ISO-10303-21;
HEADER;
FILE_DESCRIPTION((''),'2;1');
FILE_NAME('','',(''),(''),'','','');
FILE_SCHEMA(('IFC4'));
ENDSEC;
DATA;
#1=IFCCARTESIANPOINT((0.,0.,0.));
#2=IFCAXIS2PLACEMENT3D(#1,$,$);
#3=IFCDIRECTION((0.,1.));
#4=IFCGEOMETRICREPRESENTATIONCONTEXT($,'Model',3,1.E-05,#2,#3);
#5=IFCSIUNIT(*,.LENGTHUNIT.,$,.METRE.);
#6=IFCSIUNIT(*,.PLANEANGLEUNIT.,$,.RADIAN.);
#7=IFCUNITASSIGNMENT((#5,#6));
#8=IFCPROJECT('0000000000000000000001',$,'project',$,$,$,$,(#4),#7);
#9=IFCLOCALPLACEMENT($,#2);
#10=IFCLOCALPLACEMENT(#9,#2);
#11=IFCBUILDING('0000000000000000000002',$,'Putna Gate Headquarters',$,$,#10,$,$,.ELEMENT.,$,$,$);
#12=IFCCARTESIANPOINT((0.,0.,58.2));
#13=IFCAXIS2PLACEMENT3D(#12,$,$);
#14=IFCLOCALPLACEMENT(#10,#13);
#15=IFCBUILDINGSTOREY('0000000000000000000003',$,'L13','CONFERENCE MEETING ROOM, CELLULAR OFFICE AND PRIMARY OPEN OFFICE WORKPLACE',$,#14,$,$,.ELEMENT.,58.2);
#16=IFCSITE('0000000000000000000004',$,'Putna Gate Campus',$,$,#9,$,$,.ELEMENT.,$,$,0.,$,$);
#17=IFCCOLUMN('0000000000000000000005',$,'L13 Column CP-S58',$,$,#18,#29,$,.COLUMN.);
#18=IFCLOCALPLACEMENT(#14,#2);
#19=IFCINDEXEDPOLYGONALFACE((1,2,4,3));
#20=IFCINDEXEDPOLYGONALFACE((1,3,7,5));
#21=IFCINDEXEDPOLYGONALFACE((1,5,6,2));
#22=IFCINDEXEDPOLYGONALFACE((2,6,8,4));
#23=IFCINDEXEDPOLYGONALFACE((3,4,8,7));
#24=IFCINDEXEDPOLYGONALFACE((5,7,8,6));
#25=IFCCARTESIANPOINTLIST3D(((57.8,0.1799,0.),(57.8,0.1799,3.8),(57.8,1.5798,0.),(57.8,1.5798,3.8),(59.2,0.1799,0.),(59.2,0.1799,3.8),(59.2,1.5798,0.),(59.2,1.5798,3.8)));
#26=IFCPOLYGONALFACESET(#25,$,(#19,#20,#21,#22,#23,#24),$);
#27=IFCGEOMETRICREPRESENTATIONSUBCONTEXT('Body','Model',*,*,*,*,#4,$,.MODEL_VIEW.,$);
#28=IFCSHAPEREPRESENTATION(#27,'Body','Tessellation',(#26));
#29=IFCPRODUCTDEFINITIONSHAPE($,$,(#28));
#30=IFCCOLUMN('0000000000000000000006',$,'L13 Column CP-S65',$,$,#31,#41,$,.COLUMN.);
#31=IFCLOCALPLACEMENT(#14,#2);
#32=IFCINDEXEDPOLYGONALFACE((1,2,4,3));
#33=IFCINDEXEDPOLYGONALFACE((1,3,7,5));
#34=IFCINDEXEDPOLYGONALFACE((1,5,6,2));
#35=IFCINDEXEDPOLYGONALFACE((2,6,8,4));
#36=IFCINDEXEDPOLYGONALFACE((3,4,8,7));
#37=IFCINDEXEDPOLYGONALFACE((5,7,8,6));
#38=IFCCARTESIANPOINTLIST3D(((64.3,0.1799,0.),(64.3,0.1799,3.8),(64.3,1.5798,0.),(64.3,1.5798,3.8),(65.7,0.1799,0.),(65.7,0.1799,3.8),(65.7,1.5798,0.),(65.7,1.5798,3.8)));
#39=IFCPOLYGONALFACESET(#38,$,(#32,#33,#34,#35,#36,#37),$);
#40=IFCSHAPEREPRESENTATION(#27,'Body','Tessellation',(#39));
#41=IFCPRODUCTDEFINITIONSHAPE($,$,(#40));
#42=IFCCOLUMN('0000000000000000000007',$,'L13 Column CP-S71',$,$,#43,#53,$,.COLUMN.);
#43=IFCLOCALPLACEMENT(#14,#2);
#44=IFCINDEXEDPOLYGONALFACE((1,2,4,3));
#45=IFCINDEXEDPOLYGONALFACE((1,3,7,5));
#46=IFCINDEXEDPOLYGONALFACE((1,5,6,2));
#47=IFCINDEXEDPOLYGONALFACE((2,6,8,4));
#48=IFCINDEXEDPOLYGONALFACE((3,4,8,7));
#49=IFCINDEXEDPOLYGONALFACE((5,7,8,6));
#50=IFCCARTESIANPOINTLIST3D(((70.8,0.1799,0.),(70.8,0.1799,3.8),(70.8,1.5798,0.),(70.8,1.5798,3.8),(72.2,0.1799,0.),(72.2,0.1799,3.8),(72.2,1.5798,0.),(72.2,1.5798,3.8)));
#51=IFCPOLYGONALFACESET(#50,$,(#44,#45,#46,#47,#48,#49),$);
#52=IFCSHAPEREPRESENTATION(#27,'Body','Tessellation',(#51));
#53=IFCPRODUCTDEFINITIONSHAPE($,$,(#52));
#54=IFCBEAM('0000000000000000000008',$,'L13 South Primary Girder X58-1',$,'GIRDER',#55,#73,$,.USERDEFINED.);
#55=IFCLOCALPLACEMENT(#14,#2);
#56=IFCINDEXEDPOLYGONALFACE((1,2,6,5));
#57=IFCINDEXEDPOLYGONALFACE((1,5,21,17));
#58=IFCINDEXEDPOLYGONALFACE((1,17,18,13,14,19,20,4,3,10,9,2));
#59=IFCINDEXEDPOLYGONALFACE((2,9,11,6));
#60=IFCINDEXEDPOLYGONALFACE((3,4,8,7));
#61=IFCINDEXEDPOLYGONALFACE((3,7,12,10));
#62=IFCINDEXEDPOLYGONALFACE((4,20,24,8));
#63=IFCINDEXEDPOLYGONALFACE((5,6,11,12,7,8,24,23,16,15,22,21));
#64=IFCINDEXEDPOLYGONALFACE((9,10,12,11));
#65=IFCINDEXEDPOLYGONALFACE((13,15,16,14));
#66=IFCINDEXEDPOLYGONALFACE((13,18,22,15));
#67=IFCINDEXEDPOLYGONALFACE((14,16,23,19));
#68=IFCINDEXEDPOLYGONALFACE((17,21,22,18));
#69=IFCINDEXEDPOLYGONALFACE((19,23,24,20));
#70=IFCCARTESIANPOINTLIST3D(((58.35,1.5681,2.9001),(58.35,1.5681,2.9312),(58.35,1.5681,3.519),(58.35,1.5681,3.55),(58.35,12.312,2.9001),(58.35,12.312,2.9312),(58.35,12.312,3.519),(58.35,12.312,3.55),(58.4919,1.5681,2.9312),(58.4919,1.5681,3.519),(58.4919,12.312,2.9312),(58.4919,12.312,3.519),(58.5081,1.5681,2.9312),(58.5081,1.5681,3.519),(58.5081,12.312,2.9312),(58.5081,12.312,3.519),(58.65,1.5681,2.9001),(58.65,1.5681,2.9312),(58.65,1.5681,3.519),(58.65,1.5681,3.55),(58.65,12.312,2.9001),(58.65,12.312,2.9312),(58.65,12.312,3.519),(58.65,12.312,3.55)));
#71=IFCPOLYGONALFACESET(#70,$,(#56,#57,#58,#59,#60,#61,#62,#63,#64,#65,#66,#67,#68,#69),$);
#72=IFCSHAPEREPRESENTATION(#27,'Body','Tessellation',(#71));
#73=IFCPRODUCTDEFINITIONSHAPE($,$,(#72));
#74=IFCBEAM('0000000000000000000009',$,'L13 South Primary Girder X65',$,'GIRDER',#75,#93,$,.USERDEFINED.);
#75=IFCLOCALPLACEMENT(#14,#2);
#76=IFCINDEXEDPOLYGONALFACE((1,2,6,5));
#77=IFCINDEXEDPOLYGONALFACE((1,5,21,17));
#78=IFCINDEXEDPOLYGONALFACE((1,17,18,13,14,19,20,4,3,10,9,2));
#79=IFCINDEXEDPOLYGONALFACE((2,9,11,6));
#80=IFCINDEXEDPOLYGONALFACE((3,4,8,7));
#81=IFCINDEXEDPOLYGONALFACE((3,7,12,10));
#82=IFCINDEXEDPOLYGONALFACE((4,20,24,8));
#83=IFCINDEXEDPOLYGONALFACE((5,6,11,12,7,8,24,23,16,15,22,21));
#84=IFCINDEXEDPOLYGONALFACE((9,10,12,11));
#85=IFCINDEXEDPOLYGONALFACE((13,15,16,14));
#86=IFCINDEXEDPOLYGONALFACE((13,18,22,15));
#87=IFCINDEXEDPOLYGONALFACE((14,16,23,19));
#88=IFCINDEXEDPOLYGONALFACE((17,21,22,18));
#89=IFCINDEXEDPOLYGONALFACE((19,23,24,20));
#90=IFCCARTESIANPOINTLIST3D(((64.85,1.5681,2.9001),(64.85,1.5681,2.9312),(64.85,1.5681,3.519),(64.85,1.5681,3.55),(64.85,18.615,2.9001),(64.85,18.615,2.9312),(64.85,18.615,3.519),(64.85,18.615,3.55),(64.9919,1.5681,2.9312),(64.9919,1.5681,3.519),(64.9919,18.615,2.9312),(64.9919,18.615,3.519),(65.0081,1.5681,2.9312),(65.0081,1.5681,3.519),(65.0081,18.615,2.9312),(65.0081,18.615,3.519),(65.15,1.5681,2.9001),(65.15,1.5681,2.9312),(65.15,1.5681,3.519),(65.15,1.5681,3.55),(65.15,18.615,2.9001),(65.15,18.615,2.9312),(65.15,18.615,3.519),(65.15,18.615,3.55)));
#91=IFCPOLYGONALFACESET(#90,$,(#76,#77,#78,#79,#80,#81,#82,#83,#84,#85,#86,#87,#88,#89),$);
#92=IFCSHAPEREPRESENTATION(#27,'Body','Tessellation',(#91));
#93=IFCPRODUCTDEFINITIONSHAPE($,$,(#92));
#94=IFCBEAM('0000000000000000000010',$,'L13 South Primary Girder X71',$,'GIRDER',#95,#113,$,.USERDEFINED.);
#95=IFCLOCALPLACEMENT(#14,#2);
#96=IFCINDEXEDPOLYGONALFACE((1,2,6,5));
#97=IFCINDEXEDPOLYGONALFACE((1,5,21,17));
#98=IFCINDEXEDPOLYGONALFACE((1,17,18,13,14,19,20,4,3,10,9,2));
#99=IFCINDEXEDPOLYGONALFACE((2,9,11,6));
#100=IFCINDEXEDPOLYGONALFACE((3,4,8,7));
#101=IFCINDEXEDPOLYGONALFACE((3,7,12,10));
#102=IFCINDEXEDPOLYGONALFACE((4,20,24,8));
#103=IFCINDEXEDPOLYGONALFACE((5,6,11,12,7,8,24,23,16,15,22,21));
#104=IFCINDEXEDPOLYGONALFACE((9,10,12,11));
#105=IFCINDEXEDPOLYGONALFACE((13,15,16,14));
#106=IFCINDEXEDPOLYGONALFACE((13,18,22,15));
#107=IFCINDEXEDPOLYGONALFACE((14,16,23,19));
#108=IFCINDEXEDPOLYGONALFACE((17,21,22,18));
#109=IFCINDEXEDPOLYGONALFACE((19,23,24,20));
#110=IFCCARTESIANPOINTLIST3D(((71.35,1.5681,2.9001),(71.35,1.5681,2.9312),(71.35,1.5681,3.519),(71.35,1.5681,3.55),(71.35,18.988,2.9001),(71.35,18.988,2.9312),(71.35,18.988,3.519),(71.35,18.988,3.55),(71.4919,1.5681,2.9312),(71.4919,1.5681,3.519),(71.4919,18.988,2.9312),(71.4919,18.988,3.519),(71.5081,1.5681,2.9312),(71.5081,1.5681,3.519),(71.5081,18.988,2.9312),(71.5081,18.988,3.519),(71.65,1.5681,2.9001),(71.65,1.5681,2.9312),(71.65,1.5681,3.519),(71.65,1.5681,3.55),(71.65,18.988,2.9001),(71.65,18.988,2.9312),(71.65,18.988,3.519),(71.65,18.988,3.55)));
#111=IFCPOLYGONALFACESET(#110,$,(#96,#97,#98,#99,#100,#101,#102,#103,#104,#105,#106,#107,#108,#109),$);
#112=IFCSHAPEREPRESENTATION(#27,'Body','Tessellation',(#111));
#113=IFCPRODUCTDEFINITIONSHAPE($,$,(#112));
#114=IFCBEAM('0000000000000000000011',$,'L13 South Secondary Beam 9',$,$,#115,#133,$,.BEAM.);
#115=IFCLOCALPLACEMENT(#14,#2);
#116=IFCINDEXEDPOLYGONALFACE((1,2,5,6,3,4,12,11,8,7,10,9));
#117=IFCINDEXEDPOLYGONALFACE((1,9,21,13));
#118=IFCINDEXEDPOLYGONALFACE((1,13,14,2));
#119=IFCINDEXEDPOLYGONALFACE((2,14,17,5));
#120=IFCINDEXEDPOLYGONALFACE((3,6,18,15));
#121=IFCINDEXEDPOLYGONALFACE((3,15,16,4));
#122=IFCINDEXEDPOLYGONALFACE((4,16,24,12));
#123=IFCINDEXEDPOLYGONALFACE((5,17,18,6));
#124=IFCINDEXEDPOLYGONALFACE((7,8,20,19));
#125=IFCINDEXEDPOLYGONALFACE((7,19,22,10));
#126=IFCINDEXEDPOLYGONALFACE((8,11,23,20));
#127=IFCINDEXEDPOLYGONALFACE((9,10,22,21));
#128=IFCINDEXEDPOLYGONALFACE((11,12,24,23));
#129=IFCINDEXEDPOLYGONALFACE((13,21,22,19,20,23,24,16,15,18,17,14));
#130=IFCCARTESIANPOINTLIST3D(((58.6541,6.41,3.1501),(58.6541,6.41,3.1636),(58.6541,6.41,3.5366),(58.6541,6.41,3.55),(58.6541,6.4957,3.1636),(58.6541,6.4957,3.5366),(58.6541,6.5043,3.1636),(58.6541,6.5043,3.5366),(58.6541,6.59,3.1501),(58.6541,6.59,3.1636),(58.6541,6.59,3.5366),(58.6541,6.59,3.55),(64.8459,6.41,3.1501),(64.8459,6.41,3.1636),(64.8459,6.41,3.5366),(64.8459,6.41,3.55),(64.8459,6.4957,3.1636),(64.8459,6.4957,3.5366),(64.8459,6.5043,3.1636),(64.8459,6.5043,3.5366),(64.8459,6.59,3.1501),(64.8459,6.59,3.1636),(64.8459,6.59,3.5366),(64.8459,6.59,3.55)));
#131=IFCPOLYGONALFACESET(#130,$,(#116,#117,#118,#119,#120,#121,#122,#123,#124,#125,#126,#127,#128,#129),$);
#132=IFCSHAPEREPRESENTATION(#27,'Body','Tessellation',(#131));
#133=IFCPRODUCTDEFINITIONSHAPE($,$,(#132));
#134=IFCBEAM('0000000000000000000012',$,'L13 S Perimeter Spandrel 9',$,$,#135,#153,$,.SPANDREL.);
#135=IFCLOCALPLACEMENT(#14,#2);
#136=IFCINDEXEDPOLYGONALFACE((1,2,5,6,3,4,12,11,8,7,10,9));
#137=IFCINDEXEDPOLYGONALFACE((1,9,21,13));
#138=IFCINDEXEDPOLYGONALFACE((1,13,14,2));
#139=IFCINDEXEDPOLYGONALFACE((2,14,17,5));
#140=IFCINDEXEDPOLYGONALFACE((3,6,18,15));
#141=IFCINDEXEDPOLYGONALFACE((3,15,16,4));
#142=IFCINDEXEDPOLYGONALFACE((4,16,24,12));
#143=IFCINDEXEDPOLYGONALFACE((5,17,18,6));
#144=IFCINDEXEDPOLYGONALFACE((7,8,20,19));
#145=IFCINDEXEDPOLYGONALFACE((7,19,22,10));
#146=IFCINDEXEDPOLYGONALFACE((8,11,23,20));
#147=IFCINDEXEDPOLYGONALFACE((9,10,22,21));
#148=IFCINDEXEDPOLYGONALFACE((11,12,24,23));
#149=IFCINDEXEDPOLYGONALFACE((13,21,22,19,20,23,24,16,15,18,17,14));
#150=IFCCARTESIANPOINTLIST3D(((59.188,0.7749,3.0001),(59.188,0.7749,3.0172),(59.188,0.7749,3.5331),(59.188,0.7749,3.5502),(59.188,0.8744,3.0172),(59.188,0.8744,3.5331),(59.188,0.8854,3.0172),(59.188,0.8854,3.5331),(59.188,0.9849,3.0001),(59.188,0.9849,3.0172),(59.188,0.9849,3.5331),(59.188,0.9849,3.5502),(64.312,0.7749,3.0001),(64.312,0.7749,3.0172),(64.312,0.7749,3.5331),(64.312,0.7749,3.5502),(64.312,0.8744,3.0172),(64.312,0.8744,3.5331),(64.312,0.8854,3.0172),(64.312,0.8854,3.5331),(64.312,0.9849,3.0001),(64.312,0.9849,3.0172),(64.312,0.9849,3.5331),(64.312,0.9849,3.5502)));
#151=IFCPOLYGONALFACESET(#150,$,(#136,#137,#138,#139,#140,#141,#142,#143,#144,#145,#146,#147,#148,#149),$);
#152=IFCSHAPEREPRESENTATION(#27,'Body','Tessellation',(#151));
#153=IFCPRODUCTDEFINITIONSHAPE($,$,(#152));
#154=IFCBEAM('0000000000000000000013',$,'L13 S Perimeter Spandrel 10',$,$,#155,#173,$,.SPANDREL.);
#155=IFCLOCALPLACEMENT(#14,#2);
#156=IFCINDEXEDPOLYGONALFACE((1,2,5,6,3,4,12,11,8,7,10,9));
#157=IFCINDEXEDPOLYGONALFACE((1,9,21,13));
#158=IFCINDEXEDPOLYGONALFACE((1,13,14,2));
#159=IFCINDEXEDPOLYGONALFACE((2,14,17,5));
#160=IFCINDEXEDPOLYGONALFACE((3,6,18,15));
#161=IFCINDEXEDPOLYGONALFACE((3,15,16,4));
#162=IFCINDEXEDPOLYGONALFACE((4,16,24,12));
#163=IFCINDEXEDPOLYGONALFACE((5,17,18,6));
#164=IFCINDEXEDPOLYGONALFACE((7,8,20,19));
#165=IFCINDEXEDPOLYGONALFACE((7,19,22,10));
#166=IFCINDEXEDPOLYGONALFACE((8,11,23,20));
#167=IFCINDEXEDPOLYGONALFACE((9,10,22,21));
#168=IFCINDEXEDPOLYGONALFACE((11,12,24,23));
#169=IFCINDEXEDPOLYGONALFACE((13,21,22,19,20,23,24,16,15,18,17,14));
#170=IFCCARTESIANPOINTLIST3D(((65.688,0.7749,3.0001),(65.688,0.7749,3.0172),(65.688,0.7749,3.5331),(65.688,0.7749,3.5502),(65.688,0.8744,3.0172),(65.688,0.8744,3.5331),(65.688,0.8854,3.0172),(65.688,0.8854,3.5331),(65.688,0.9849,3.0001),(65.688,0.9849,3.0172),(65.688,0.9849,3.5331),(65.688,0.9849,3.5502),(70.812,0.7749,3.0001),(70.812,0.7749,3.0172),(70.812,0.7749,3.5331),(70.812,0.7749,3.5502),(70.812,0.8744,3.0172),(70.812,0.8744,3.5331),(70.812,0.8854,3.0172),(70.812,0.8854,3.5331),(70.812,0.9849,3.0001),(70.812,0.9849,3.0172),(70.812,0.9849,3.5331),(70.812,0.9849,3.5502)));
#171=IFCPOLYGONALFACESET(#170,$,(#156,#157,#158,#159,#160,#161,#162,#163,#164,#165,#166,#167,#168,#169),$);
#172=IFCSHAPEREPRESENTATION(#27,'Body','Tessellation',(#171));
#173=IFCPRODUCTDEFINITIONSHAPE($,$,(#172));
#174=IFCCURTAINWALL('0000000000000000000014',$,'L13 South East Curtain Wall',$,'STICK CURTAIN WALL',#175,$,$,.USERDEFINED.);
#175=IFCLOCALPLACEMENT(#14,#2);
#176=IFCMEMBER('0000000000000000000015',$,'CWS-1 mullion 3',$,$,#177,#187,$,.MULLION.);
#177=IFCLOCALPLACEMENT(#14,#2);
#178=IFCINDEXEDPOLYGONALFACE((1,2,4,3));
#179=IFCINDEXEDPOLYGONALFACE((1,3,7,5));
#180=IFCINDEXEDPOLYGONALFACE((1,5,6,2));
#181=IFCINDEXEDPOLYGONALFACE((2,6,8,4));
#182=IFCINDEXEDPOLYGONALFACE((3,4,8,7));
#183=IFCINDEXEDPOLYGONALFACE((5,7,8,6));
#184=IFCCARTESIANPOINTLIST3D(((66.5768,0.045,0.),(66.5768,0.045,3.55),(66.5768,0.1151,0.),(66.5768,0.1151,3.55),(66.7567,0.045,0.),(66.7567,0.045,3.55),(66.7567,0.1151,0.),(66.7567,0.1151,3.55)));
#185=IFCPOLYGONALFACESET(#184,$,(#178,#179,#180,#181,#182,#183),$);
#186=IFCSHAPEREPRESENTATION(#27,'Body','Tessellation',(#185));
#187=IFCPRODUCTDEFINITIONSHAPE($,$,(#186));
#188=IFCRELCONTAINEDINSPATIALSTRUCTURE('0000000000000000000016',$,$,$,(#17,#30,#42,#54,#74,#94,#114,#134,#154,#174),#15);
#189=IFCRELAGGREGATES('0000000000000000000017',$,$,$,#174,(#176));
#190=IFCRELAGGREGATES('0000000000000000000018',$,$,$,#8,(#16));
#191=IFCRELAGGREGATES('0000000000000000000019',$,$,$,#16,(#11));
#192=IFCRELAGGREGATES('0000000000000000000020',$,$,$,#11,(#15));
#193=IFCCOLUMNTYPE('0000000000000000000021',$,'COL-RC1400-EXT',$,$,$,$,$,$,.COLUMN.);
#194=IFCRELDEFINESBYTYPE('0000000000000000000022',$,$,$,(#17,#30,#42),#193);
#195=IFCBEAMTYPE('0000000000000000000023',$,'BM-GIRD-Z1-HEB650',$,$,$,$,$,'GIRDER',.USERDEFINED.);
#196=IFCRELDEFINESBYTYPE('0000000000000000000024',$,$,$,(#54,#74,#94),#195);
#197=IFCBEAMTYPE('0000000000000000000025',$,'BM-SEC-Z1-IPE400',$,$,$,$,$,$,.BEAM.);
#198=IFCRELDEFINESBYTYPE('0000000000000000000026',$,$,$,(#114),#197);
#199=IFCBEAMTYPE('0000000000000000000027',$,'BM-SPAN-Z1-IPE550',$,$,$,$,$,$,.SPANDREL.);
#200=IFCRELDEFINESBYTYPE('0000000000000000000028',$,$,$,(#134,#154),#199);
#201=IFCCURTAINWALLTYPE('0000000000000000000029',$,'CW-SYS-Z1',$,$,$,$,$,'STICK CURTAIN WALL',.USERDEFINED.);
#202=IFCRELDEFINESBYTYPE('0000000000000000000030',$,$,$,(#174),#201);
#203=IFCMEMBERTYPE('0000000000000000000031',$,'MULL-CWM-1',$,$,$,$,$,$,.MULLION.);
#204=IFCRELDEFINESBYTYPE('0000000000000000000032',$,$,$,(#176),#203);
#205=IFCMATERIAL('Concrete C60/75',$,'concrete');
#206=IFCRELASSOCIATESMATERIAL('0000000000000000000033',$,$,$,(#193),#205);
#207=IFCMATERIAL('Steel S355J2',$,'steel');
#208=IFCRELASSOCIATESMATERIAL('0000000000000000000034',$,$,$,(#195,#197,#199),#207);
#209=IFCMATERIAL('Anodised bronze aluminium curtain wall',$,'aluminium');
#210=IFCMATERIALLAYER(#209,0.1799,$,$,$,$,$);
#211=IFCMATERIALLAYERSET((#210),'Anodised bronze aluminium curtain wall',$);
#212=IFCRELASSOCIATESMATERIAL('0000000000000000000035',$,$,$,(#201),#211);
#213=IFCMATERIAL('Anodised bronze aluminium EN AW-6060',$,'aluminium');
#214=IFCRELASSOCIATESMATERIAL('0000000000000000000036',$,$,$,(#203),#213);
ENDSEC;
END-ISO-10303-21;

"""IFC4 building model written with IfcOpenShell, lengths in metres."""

from ifc_helpers import new_model, si_unit, direction, frame, origin, origin_2d, place, context, subcontext, project, spatial, rectangle, i_section, extrude, material, layer, layer_set, material_profile, profile_set, type_object, element, aggregate, save


model = new_model("IFC4")

# Units and contexts
model_context = context("Model", 3, precision=1e-05, world=origin(), true_north=direction((0.0, 1.0)))
body_context = subcontext(model_context, "Body", "Model", "MODEL_VIEW")
ifc_project = project(units=[si_unit("LENGTHUNIT", "METRE"), si_unit("PLANEANGLEUNIT", "RADIAN")], contexts=[model_context])

# Site, building, storey
site_placement = place(None, origin())
site = spatial("IfcSite", under=ifc_project, at=site_placement, Name="Putna Gate Campus", CompositionType="ELEMENT", RefElevation=0.0)
building_placement = place(site_placement, origin())
building = spatial("IfcBuilding", under=site, at=building_placement, Name="Putna Gate Headquarters", CompositionType="ELEMENT")
storey_placement = place(building_placement, frame((0.0, 0.0, 58.2)))
storey = spatial("IfcBuildingStorey", under=building, at=storey_placement, Name="L13", Description="CONFERENCE MEETING ROOM, CELLULAR OFFICE AND PRIMARY OPEN OFFICE WORKPLACE", CompositionType="ELEMENT", Elevation=58.2)

# Columns
ifc_material_1 = material(Name="Concrete C60/75", Category="concrete")
ifc_material_profile_1 = material_profile(ifc_material_1, rectangle(XDim=1.3999, YDim=1.3999, at=origin_2d()), Name="Concrete C60/75")
ifc_profile_set_1 = profile_set([ifc_material_profile_1], Name="Concrete C60/75")
column_type = type_object("IfcColumnType", Name="COL-RC1400-EXT", PredefinedType="COLUMN", material=ifc_profile_set_1)
for number, where, z_axis, x_axis, name in (
    (1, (58.5, 0.8799, 0.0), (0.0, 0.0, 1.0), (1.0, 0.0, 0.0), "L13 Column CP-S58"),
    (2, (65.0, 0.8799, 0.0), (0.0, 0.0, 1.0), (1.0, 0.0, 0.0), "L13 Column CP-S65"),
    (3, (71.5, 0.8799, 0.0), (0.0, 0.0, 1.0), (1.0, 0.0, 0.0), "L13 Column CP-S71"),
):
    element("IfcColumn", number, at=place(storey_placement, frame(where, z_axis=z_axis, x_axis=x_axis)), inside=storey, type_object=column_type, Name=name, PredefinedType="COLUMN", context=body_context, shape_type="SweptSolid", body=[
        extrude(rectangle(XDim=1.3999, YDim=1.3999, at=origin_2d()), origin(), (0.0, 0.0, 1.0), 3.8),
    ])

# Beams
ifc_material_2 = material(Name="Steel S355J2", Category="steel")
ifc_material_profile_2 = material_profile(ifc_material_2, i_section(OverallWidth=0.3, OverallDepth=0.6499, WebThickness=0.0161, FlangeThickness=0.031, at=origin_2d()), Name="Steel S355J2")
ifc_profile_set_2 = profile_set([ifc_material_profile_2], Name="Steel S355J2")
beam_type_1 = type_object("IfcBeamType", Name="BM-GIRD-Z1-HEB650", ElementType="GIRDER", PredefinedType="USERDEFINED", material=ifc_profile_set_2)
beam_1_placement = place(storey_placement, frame((58.5, 1.5681, 3.2251), z_axis=(0.0, 1.0, 0.0), x_axis=(-1.0, 0.0, 0.0)))
element("IfcBeam", 4, at=beam_1_placement, inside=storey, type_object=beam_type_1, Name="L13 South Primary Girder X58-1", ObjectType="GIRDER", PredefinedType="USERDEFINED", context=body_context, shape_type="SweptSolid", body=[
    extrude(i_section(OverallWidth=0.3, OverallDepth=0.6499, WebThickness=0.0161, FlangeThickness=0.031, at=origin_2d()), origin(), (0.0, 0.0, 1.0), 10.7439),
])
beam_2_placement = place(storey_placement, frame((65.0, 1.5681, 3.2251), z_axis=(0.0, 1.0, 0.0), x_axis=(-1.0, 0.0, 0.0)))
element("IfcBeam", 5, at=beam_2_placement, inside=storey, type_object=beam_type_1, Name="L13 South Primary Girder X65", ObjectType="GIRDER", PredefinedType="USERDEFINED", context=body_context, shape_type="SweptSolid", body=[
    extrude(i_section(OverallWidth=0.3, OverallDepth=0.6499, WebThickness=0.0161, FlangeThickness=0.031, at=origin_2d()), origin(), (0.0, 0.0, 1.0), 17.0469),
])
beam_3_placement = place(storey_placement, frame((71.5, 1.5681, 3.2251), z_axis=(0.0, 1.0, 0.0), x_axis=(-1.0, 0.0, 0.0)))
element("IfcBeam", 6, at=beam_3_placement, inside=storey, type_object=beam_type_1, Name="L13 South Primary Girder X71", ObjectType="GIRDER", PredefinedType="USERDEFINED", context=body_context, shape_type="SweptSolid", body=[
    extrude(i_section(OverallWidth=0.3, OverallDepth=0.6499, WebThickness=0.0161, FlangeThickness=0.031, at=origin_2d()), origin(), (0.0, 0.0, 1.0), 17.4199),
])
ifc_material_profile_3 = material_profile(ifc_material_2, i_section(OverallWidth=0.1799, OverallDepth=0.3999, WebThickness=0.0085, FlangeThickness=0.0134, at=origin_2d()), Name="Steel S355J2")
ifc_profile_set_3 = profile_set([ifc_material_profile_3], Name="Steel S355J2")
beam_type_2 = type_object("IfcBeamType", Name="BM-SEC-Z1-IPE400", PredefinedType="BEAM", material=ifc_profile_set_3)
beam_4_placement = place(storey_placement, frame((58.6541, 6.5, 3.3501), z_axis=(1.0, 0.0, 0.0), x_axis=(0.0, 1.0, 0.0)))
element("IfcBeam", 7, at=beam_4_placement, inside=storey, type_object=beam_type_2, Name="L13 South Secondary Beam 9", PredefinedType="BEAM", context=body_context, shape_type="SweptSolid", body=[
    extrude(i_section(OverallWidth=0.1799, OverallDepth=0.3999, WebThickness=0.0085, FlangeThickness=0.0134, at=origin_2d()), origin(), (0.0, 0.0, 1.0), 6.1919),
])
ifc_material_profile_4 = material_profile(ifc_material_2, i_section(OverallWidth=0.21, OverallDepth=0.55, WebThickness=0.011, FlangeThickness=0.0171, at=origin_2d()), Name="Steel S355J2")
ifc_profile_set_4 = profile_set([ifc_material_profile_4], Name="Steel S355J2")
beam_type_3 = type_object("IfcBeamType", Name="BM-SPAN-Z1-IPE550", PredefinedType="SPANDREL", material=ifc_profile_set_4)
for number, where, z_axis, x_axis, name in (
    (8, (59.188, 0.8799, 3.2751), (1.0, 0.0, 0.0), (0.0, 1.0, 0.0), "L13 S Perimeter Spandrel 9"),
    (9, (65.688, 0.8799, 3.2751), (1.0, 0.0, 0.0), (0.0, 1.0, 0.0), "L13 S Perimeter Spandrel 10"),
):
    element("IfcBeam", number, at=place(storey_placement, frame(where, z_axis=z_axis, x_axis=x_axis)), inside=storey, type_object=beam_type_3, Name=name, PredefinedType="SPANDREL", context=body_context, shape_type="SweptSolid", body=[
        extrude(i_section(OverallWidth=0.21, OverallDepth=0.55, WebThickness=0.011, FlangeThickness=0.0171, at=origin_2d()), origin(), (0.0, 0.0, 1.0), 5.124),
    ])

# Curtain wall, member
ifc_material_3 = material(Name="Anodised bronze aluminium curtain wall", Category="aluminium")
ifc_layer_1 = layer(ifc_material_3, 0.1799)
ifc_layer_set_1 = layer_set([ifc_layer_1], Name="Anodised bronze aluminium curtain wall")
curtain_wall_type = type_object("IfcCurtainWallType", Name="CW-SYS-Z1", ElementType="STICK CURTAIN WALL", PredefinedType="USERDEFINED", material=ifc_layer_set_1)
curtain_wall_1_placement = place(storey_placement, origin())
curtain_wall_1 = element("IfcCurtainWall", 10, at=curtain_wall_1_placement, inside=storey, type_object=curtain_wall_type, Name="L13 South East Curtain Wall", ObjectType="STICK CURTAIN WALL", PredefinedType="USERDEFINED")
ifc_material_4 = material(Name="Anodised bronze aluminium EN AW-6060", Category="aluminium")
ifc_material_profile_5 = material_profile(ifc_material_4, rectangle(XDim=0.0701, YDim=0.1799, at=origin_2d()), Name="Anodised bronze aluminium EN AW-6060")
ifc_profile_set_5 = profile_set([ifc_material_profile_5], Name="Anodised bronze aluminium EN AW-6060")
member_type_1 = type_object("IfcMemberType", Name="MULL-CWM-1", PredefinedType="MULLION", material=ifc_profile_set_5)
member_1_placement = place(storey_placement, frame((66.6667, 0.0801, 0.0), z_axis=(0.0, 0.0, 1.0), x_axis=(0.0, 1.0, 0.0)))
member_1 = element("IfcMember", 11, at=member_1_placement, type_object=member_type_1, Name="CWS-1 mullion 3", PredefinedType="MULLION", context=body_context, shape_type="SweptSolid", body=[
    extrude(rectangle(XDim=0.0701, YDim=0.1799, at=origin_2d()), origin(), (0.0, 0.0, 1.0), 3.55),
])

aggregate(curtain_wall_1, [member_1])

save(model, "model.ifc")
